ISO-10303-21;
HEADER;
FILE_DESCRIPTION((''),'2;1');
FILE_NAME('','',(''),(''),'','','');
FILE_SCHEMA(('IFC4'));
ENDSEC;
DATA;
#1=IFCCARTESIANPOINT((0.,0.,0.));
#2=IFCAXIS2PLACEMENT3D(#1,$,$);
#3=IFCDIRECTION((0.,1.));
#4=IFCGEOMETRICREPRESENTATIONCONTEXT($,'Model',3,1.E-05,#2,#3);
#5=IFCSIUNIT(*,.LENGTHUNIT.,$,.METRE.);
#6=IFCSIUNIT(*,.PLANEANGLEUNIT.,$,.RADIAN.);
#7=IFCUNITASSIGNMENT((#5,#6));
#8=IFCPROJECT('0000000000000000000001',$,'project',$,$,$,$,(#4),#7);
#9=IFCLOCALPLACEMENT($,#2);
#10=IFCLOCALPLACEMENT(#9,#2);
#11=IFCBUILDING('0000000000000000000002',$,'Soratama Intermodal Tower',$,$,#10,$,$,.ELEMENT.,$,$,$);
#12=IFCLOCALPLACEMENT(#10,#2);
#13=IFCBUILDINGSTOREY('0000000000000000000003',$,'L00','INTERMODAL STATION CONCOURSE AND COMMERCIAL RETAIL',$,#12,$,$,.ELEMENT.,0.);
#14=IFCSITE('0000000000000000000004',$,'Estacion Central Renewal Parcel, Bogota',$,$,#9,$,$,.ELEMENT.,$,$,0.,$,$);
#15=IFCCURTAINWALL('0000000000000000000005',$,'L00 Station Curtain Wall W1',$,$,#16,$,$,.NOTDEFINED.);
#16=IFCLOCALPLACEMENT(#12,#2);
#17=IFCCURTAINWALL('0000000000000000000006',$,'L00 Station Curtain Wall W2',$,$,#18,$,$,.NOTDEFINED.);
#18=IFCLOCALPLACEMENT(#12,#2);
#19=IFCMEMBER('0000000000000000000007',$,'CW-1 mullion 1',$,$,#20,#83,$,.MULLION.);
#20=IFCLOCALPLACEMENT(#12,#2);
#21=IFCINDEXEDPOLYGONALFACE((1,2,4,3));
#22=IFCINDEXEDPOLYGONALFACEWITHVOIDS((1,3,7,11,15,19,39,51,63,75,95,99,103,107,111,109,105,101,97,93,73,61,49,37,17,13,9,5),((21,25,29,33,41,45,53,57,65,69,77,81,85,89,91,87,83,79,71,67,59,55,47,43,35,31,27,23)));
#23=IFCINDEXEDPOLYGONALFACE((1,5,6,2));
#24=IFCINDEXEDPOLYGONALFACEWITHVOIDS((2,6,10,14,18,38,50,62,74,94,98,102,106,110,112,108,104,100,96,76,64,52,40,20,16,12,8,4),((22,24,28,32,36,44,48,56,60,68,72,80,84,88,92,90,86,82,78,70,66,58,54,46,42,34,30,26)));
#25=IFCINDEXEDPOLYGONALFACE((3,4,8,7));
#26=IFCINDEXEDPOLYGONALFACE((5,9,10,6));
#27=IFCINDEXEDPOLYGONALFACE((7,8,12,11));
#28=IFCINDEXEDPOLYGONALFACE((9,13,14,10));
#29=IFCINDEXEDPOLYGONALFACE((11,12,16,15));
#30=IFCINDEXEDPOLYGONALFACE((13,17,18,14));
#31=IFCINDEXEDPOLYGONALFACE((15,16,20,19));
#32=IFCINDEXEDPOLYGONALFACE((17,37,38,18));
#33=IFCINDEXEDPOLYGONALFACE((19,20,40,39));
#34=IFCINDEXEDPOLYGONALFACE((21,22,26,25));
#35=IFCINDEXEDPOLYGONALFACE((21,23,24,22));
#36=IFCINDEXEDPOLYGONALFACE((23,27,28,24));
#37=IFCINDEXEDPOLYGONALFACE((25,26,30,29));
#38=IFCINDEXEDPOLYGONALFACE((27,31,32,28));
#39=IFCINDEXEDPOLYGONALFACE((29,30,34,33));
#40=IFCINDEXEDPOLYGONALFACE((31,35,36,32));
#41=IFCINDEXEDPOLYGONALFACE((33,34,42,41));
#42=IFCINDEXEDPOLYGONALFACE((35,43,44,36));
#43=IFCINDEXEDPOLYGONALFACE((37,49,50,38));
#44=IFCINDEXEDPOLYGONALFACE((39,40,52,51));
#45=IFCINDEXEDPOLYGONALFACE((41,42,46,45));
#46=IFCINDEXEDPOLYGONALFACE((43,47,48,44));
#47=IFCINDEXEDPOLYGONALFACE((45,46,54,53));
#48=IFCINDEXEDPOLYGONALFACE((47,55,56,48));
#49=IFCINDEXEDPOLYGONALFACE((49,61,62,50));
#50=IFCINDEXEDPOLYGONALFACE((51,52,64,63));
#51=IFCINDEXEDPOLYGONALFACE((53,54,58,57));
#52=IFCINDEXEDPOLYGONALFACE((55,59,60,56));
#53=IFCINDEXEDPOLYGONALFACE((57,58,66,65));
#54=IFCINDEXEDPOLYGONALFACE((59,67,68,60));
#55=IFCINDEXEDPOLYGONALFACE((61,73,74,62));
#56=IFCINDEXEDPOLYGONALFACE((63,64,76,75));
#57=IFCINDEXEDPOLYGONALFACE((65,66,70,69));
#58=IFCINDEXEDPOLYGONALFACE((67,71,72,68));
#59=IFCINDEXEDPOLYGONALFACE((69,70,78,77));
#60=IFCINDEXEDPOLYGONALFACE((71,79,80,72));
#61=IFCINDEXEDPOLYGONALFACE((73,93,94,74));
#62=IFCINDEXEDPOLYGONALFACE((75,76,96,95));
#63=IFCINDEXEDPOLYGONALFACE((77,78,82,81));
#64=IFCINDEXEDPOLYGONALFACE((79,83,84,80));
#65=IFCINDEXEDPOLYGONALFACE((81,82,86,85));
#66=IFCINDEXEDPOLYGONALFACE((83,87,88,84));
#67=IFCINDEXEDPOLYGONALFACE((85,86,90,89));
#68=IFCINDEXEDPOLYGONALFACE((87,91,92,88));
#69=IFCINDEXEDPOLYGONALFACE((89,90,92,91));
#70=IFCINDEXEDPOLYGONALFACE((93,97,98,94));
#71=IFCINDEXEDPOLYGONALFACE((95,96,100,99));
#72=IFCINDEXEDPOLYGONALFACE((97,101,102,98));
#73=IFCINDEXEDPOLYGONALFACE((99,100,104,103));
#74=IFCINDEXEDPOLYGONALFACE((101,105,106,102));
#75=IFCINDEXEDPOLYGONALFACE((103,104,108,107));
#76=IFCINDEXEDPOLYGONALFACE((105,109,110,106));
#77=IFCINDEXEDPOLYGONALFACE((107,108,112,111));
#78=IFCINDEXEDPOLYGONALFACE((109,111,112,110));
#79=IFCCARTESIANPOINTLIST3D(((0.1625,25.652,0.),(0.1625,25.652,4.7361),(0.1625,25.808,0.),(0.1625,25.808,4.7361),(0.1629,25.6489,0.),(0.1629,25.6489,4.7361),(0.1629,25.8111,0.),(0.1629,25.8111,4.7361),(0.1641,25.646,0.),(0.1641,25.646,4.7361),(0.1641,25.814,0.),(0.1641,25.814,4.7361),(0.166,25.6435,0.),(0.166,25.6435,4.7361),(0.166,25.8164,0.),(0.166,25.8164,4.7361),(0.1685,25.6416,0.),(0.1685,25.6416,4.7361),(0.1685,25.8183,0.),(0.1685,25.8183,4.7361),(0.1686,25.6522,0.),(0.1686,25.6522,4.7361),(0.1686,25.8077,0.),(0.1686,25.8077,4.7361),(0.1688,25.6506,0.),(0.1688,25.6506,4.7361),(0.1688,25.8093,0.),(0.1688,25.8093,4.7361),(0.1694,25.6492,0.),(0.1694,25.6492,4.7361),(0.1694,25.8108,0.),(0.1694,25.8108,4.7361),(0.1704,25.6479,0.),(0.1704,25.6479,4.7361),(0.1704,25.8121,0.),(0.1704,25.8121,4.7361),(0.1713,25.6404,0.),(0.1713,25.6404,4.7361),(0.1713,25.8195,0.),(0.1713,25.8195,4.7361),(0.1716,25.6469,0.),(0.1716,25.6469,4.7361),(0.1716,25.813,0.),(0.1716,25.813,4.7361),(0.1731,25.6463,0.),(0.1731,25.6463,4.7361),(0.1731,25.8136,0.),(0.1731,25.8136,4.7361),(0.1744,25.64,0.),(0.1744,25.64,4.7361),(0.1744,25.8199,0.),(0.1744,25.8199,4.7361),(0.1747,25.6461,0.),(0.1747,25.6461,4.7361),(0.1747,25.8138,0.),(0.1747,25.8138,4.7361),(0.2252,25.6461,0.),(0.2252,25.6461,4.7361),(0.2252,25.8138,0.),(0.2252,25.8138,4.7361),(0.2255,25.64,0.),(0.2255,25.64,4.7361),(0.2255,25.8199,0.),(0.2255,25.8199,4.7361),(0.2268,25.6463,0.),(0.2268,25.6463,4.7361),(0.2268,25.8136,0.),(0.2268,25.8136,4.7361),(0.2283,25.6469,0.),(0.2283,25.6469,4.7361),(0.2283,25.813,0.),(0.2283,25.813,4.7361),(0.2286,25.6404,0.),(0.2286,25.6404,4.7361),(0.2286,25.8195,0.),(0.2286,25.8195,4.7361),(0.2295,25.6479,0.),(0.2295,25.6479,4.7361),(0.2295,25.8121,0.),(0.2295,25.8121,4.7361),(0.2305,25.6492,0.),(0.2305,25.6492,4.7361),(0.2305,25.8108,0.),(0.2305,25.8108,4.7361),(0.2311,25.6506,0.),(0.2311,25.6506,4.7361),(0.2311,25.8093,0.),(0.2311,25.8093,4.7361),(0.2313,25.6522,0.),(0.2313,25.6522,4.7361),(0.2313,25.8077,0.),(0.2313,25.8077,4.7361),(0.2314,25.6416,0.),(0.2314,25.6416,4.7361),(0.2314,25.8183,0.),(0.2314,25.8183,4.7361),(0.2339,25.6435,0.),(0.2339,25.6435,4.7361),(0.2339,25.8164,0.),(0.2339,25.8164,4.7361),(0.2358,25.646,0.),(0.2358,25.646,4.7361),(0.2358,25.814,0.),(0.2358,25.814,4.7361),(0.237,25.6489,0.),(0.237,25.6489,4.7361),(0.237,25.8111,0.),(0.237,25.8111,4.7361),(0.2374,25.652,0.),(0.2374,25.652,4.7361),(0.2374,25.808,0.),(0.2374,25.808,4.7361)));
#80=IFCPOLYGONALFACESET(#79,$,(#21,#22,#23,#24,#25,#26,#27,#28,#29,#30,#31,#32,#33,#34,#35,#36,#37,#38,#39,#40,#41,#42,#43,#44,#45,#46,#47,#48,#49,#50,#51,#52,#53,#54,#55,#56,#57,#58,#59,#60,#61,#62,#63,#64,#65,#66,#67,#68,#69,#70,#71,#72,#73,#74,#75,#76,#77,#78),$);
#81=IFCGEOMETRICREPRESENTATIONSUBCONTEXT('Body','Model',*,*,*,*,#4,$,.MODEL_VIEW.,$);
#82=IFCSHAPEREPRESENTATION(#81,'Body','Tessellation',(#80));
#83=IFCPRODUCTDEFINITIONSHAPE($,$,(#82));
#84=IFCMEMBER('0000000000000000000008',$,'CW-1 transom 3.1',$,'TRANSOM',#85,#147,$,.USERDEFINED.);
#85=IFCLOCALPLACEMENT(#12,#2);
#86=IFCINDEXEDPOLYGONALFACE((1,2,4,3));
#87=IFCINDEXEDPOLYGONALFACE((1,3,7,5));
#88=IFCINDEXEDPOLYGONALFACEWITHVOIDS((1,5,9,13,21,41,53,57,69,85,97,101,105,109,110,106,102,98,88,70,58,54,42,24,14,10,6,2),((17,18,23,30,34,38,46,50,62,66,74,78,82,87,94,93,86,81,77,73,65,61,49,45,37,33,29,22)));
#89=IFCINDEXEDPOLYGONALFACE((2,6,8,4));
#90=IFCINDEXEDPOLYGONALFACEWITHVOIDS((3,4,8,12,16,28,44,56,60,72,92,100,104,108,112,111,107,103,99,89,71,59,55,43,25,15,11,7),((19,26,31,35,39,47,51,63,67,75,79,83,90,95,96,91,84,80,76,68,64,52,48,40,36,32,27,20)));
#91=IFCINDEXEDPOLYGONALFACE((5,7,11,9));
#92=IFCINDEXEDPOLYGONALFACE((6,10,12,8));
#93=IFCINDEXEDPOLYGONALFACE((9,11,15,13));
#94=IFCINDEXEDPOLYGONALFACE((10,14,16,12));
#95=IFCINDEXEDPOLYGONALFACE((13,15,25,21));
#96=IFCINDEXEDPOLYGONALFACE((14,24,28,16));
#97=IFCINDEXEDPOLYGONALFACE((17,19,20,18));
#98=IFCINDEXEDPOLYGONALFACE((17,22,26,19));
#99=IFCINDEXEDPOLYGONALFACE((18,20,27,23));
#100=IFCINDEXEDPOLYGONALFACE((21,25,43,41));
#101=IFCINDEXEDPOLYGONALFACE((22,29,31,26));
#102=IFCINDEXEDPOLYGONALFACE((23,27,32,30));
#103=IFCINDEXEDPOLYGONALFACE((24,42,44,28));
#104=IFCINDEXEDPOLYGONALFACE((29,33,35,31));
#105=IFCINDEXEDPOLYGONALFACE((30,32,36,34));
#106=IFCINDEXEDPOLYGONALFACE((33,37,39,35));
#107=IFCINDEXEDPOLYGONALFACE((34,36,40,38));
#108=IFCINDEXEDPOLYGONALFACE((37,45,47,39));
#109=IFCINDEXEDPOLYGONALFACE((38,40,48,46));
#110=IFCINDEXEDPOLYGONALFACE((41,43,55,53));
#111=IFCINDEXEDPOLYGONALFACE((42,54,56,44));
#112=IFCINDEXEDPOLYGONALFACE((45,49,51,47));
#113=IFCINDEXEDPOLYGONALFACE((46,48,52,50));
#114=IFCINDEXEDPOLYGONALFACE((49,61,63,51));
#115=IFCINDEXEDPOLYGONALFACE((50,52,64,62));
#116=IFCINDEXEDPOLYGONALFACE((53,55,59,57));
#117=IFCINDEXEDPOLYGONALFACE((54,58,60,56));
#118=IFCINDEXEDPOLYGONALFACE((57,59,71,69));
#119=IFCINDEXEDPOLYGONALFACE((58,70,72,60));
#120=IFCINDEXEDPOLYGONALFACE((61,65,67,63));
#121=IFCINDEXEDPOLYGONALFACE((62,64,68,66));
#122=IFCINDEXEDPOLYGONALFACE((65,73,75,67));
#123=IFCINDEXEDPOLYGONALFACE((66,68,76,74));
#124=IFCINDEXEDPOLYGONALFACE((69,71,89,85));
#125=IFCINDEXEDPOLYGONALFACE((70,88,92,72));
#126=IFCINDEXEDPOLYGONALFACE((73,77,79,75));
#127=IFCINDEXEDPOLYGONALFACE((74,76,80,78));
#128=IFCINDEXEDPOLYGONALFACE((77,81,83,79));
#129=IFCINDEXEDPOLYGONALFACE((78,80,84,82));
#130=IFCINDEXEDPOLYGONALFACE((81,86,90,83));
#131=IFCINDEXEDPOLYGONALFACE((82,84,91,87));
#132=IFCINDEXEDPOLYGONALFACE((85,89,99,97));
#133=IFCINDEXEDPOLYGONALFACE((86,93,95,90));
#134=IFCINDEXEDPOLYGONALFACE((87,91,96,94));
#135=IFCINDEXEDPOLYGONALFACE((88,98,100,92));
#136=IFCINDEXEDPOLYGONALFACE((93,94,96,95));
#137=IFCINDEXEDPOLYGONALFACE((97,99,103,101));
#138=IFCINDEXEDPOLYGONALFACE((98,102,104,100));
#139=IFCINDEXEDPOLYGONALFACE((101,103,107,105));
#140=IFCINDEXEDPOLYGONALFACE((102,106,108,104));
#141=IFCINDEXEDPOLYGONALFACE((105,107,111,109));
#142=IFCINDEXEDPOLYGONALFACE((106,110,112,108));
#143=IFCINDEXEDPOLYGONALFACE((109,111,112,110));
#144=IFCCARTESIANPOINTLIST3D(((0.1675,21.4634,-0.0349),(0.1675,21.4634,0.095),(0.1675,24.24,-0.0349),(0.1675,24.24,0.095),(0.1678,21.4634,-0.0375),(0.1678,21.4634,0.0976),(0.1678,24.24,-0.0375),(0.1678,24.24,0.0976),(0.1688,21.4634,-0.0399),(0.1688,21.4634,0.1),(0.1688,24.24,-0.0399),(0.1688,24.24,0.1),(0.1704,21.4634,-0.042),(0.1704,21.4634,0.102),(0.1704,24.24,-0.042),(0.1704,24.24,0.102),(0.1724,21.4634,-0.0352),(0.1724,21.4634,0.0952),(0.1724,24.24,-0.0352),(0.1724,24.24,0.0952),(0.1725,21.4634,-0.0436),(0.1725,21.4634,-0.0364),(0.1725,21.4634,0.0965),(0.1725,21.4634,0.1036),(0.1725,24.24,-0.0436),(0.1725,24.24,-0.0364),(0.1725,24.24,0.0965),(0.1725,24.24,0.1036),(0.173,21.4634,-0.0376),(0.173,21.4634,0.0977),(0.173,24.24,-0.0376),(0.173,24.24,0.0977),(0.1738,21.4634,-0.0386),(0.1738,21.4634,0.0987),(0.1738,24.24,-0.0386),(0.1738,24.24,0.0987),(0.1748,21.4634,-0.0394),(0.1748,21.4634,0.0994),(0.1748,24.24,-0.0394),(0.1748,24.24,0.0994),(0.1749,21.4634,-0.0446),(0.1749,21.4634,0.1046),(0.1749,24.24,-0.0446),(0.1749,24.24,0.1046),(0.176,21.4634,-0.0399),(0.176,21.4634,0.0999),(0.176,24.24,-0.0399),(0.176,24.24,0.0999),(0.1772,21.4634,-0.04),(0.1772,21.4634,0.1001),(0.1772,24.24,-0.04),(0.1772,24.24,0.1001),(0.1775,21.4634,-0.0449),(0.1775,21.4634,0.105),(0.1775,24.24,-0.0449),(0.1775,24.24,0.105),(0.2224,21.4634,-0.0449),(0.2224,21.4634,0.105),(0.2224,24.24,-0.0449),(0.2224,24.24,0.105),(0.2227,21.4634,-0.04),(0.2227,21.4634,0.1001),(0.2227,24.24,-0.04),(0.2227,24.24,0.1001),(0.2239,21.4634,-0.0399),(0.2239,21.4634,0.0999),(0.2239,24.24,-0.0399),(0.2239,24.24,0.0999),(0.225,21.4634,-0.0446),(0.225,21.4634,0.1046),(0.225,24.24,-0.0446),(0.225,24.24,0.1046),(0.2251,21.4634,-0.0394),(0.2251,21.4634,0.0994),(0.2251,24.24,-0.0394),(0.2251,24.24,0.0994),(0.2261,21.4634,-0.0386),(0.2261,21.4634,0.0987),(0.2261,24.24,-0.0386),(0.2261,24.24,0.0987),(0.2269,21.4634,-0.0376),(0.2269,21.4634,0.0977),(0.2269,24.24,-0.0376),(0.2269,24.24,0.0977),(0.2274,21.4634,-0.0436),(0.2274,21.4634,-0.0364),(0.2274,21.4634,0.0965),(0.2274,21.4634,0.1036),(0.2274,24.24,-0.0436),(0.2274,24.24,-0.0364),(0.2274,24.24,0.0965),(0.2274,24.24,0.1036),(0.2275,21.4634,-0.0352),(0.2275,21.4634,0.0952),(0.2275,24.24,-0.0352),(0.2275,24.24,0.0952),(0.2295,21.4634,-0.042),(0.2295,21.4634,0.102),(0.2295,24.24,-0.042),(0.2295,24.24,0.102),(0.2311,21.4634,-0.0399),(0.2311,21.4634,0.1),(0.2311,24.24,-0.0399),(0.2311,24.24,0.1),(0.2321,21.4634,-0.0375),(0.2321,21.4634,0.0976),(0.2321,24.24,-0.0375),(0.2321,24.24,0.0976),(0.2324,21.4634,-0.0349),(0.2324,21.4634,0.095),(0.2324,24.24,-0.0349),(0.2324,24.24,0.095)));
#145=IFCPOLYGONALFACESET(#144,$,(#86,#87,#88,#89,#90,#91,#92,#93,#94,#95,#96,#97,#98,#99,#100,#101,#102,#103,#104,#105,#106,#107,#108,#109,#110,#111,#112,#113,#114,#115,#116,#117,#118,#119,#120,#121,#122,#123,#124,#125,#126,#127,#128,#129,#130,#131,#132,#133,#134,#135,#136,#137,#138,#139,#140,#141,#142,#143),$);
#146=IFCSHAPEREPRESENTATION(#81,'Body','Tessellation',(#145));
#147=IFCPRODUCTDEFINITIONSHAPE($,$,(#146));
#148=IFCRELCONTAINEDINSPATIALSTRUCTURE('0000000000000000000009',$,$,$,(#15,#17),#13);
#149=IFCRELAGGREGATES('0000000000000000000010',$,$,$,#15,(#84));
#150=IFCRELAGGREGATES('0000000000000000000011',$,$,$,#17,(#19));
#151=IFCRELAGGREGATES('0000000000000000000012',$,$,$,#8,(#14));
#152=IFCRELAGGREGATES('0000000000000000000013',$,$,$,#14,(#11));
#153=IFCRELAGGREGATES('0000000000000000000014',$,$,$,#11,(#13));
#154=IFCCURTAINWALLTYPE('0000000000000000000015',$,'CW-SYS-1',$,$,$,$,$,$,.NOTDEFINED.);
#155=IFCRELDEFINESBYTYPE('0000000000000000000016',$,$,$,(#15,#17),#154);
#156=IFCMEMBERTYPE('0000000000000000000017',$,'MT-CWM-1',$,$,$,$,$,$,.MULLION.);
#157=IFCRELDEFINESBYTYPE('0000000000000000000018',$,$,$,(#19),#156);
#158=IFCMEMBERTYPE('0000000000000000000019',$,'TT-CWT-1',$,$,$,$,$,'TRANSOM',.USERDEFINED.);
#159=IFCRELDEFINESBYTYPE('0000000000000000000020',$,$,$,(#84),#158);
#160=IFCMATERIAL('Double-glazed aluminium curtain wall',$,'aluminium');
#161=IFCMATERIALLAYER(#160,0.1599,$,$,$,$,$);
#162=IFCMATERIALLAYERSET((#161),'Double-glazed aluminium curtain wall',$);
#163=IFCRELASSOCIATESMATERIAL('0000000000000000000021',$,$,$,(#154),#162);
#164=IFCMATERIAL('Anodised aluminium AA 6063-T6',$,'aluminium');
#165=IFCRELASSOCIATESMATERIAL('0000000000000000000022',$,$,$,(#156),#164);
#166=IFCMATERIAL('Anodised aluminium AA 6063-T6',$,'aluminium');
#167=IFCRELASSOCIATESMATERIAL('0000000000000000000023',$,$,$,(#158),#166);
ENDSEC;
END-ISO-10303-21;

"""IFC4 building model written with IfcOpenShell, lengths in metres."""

from ifc_helpers import new_model, si_unit, direction, frame, origin, origin_2d, place, context, subcontext, project, spatial, hollow_rectangle, extrude, material, layer, layer_set, material_profile, profile_set, type_object, element, aggregate, save


model = new_model("IFC4")

# Units and contexts
model_context = context("Model", 3, precision=1e-05, world=origin(), true_north=direction((0.0, 1.0)))
body_context = subcontext(model_context, "Body", "Model", "MODEL_VIEW")
ifc_project = project(units=[si_unit("LENGTHUNIT", "METRE"), si_unit("PLANEANGLEUNIT", "RADIAN")], contexts=[model_context])

# Site, building, storey
site_placement = place(None, origin())
site = spatial("IfcSite", under=ifc_project, at=site_placement, Name="Estacion Central Renewal Parcel, Bogota", CompositionType="ELEMENT", RefElevation=0.0)
building_placement = place(site_placement, origin())
building = spatial("IfcBuilding", under=site, at=building_placement, Name="Soratama Intermodal Tower", CompositionType="ELEMENT")
storey_placement = place(building_placement, origin())
storey = spatial("IfcBuildingStorey", under=building, at=storey_placement, Name="L00", Description="INTERMODAL STATION CONCOURSE AND COMMERCIAL RETAIL", CompositionType="ELEMENT", Elevation=0.0)

# Curtain walls, member
ifc_material_1 = material(Name="Double-glazed aluminium curtain wall", Category="aluminium")
ifc_layer_1 = layer(ifc_material_1, 0.1599)
ifc_layer_set_1 = layer_set([ifc_layer_1], Name="Double-glazed aluminium curtain wall")
curtain_wall_type = type_object("IfcCurtainWallType", Name="CW-SYS-1", PredefinedType="NOTDEFINED", material=ifc_layer_set_1)
curtain_wall_1_placement = place(storey_placement, origin())
curtain_wall_1 = element("IfcCurtainWall", 1, at=curtain_wall_1_placement, inside=storey, type_object=curtain_wall_type, Name="L00 Station Curtain Wall W1", PredefinedType="NOTDEFINED")
ifc_material_2 = material(Name="Anodised aluminium AA 6063-T6", Category="aluminium")
ifc_material_profile_1 = material_profile(ifc_material_2, hollow_rectangle(XDim=0.075, YDim=0.1799, WallThickness=0.0061, InnerFilletRadius=0.0061, OuterFilletRadius=0.012, at=origin_2d()), Name="CWM180X75X6")
ifc_profile_set_1 = profile_set([ifc_material_profile_1], Name="Anodised aluminium AA 6063-T6")
member_type_1 = type_object("IfcMemberType", Name="MT-CWM-1", PredefinedType="MULLION", material=ifc_profile_set_1)
curtain_wall_2_placement = place(storey_placement, origin())
curtain_wall_2 = element("IfcCurtainWall", 2, at=curtain_wall_2_placement, inside=storey, type_object=curtain_wall_type, Name="L00 Station Curtain Wall W2", PredefinedType="NOTDEFINED")
member_1_placement = place(storey_placement, frame((0.2, 25.73, 0.0), z_axis=(0.0, 0.0, 1.0), x_axis=(-1.0, 0.0, 0.0)))
member_1 = element("IfcMember", 3, at=member_1_placement, type_object=member_type_1, Name="CW-1 mullion 1", PredefinedType="MULLION", context=body_context, shape_type="SweptSolid", body=[
    extrude(hollow_rectangle(XDim=0.075, YDim=0.1799, WallThickness=0.0061, InnerFilletRadius=0.0061, OuterFilletRadius=0.012, at=origin_2d()), origin(), (0.0, 0.0, 1.0), 4.7361),
])

# Member
ifc_material_3 = material(Name="Anodised aluminium AA 6063-T6", Category="aluminium")
ifc_material_profile_2 = material_profile(ifc_material_3, hollow_rectangle(XDim=0.0649, YDim=0.1499, WallThickness=0.0049, InnerFilletRadius=0.0049, OuterFilletRadius=0.01, at=origin_2d()), Name="CWT150X65X5")
ifc_profile_set_2 = profile_set([ifc_material_profile_2], Name="Anodised aluminium AA 6063-T6")
member_type_2 = type_object("IfcMemberType", Name="TT-CWT-1", ElementType="TRANSOM", PredefinedType="USERDEFINED", material=ifc_profile_set_2)
member_2_placement = place(storey_placement, frame((0.2, 21.4634, 0.03), z_axis=(0.0, 1.0, 0.0), x_axis=(-1.0, 0.0, 0.0)))
member_2 = element("IfcMember", 4, at=member_2_placement, type_object=member_type_2, Name="CW-1 transom 3.1", ObjectType="TRANSOM", PredefinedType="USERDEFINED", context=body_context, shape_type="SweptSolid", body=[
    extrude(hollow_rectangle(XDim=0.0649, YDim=0.1499, WallThickness=0.0049, InnerFilletRadius=0.0049, OuterFilletRadius=0.01, at=origin_2d()), origin(), (0.0, 0.0, 1.0), 2.7766),
])

aggregate(curtain_wall_1, [member_2])
aggregate(curtain_wall_2, [member_1])

save(model, "model.ifc")
